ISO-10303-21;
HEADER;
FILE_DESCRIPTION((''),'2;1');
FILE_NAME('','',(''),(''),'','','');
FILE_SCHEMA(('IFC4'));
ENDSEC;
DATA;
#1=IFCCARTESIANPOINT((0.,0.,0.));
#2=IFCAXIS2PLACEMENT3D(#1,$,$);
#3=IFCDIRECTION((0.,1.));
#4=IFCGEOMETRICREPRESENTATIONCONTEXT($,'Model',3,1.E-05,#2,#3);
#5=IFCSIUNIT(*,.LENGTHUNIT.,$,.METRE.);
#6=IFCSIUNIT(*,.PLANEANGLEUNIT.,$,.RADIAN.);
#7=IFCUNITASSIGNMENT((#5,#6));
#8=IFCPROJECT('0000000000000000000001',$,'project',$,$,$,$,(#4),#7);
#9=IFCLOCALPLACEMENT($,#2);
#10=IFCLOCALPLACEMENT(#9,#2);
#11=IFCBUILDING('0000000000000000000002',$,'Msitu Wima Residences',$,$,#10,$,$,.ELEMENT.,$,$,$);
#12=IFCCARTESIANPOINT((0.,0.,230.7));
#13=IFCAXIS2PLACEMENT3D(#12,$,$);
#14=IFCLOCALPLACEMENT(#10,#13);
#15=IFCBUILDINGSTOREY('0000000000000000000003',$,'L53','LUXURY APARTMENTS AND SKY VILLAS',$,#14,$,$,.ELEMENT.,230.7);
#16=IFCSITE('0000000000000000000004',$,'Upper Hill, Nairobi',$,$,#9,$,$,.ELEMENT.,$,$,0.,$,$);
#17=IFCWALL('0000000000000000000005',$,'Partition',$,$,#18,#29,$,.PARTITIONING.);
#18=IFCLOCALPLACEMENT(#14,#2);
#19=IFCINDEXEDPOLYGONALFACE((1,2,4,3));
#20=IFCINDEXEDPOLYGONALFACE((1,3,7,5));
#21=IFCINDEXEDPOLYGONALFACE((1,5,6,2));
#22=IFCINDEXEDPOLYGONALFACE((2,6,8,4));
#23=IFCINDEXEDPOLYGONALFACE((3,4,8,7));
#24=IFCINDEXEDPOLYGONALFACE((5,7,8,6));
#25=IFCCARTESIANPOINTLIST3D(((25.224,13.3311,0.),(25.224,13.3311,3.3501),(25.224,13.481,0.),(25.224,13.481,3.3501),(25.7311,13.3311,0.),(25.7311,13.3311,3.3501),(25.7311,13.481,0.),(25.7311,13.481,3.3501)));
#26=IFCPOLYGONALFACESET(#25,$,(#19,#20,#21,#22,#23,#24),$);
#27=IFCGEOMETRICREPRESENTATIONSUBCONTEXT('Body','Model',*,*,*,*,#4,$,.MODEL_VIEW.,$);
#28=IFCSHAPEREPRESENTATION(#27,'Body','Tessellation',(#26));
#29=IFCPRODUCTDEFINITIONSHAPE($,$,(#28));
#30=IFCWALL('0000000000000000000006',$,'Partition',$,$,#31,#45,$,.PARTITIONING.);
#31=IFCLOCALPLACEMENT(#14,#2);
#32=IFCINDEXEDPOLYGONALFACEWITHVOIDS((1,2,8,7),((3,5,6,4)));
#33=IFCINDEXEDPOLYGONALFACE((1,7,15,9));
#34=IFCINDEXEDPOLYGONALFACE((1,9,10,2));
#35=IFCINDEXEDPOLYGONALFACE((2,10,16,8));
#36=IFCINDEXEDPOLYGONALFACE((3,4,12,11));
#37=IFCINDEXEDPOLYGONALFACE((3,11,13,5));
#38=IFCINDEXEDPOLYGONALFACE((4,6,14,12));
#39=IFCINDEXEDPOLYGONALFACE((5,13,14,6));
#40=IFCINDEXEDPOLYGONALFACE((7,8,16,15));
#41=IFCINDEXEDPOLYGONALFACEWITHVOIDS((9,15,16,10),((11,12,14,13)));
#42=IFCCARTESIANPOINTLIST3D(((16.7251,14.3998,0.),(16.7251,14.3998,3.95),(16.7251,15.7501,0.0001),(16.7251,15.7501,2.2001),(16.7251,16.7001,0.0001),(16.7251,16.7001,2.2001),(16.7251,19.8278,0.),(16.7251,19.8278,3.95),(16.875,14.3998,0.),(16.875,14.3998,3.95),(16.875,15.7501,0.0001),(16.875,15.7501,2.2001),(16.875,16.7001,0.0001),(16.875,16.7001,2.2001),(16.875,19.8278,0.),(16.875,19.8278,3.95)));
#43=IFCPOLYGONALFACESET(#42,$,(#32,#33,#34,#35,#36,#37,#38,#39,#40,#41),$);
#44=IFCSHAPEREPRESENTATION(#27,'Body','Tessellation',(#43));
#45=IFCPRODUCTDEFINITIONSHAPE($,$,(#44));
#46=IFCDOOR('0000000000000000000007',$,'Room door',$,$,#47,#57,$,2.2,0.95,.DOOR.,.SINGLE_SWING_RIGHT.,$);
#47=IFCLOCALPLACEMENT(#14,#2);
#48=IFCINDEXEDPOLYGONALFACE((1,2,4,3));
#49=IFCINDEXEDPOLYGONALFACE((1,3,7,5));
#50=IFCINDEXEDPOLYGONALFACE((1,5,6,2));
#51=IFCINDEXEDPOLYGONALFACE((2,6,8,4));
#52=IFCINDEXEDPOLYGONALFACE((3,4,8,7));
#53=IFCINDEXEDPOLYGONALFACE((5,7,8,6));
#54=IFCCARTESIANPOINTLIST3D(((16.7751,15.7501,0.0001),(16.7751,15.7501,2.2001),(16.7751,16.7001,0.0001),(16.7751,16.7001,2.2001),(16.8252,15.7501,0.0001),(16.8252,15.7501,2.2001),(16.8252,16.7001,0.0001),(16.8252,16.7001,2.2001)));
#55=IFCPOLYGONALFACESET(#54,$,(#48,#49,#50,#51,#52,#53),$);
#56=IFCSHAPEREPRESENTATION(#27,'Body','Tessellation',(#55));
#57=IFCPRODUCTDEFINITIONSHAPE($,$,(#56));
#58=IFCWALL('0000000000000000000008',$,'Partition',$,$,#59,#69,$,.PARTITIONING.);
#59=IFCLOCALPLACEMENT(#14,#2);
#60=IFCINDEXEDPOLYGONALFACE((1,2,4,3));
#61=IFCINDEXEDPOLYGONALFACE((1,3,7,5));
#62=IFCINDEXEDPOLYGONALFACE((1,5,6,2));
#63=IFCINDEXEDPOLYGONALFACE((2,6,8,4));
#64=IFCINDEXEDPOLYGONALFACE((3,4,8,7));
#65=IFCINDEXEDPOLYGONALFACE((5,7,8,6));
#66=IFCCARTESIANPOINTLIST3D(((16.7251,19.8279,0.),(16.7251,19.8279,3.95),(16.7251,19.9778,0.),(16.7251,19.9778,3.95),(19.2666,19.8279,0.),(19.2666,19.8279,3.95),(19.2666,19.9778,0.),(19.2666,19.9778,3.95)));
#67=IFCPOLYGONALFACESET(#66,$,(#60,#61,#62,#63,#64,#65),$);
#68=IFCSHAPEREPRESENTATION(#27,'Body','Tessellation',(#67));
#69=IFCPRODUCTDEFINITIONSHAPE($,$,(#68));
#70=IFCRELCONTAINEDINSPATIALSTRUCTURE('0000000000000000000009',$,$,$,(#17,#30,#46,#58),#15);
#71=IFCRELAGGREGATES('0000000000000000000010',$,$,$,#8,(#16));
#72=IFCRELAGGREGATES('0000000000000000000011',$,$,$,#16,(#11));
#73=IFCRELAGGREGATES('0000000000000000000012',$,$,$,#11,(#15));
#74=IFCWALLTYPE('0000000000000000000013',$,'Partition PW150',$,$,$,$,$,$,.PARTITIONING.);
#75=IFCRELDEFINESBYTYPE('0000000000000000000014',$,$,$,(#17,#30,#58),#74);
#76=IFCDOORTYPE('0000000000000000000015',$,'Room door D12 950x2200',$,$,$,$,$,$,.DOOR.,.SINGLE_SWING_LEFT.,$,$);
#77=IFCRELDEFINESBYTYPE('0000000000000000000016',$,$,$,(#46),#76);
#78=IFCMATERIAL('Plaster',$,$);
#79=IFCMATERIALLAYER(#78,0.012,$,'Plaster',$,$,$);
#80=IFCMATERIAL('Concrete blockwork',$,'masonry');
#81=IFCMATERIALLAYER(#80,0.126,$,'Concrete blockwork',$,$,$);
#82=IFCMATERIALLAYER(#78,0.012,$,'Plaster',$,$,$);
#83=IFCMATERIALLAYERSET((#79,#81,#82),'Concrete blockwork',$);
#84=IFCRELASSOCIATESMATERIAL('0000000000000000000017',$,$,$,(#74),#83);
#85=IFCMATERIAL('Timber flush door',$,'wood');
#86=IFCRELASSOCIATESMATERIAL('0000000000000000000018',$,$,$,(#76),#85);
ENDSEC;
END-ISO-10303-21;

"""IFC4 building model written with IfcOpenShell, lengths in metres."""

from ifc_helpers import new_model, si_unit, direction, frame, frame_2d, origin, place, context, subcontext, project, spatial, rectangle, extrude, material, layer, layer_set, type_object, element, fill, save


model = new_model("IFC4")

# Units and contexts
model_context = context("Model", 3, precision=1e-05, world=origin(), true_north=direction((0.0, 1.0)))
body_context = subcontext(model_context, "Body", "Model", "MODEL_VIEW")
ifc_project = project(units=[si_unit("LENGTHUNIT", "METRE"), si_unit("PLANEANGLEUNIT", "RADIAN")], contexts=[model_context])

# Site, building, storey
site_placement = place(None, origin())
site = spatial("IfcSite", under=ifc_project, at=site_placement, Name="Upper Hill, Nairobi", CompositionType="ELEMENT", RefElevation=0.0)
building_placement = place(site_placement, origin())
building = spatial("IfcBuilding", under=site, at=building_placement, Name="Msitu Wima Residences", CompositionType="ELEMENT")
storey_placement = place(building_placement, frame((0.0, 0.0, 230.7)))
storey = spatial("IfcBuildingStorey", under=building, at=storey_placement, Name="L53", Description="LUXURY APARTMENTS AND SKY VILLAS", CompositionType="ELEMENT", Elevation=230.7)

# Shared definitions
ifc_material_1 = material(Name="Plaster")
ifc_material_2 = material(Name="Concrete blockwork", Category="masonry")

# Shared definitions
ifc_layer_1 = layer(ifc_material_1, 0.012, Name="Plaster")
ifc_layer_2 = layer(ifc_material_2, 0.126, Name="Concrete blockwork")
ifc_layer_3 = layer(ifc_material_1, 0.012, Name="Plaster")
ifc_layer_set_1 = layer_set([ifc_layer_1, ifc_layer_2, ifc_layer_3], Name="Concrete blockwork")
wall_type_1 = type_object("IfcWallType", Name="Partition PW150", PredefinedType="PARTITIONING", material=ifc_layer_set_1)
ifc_material_3 = material(Name="Timber flush door", Category="wood")
door_type_1 = type_object("IfcDoorType", Name="Room door D12 950x2200", OperationType="SINGLE_SWING_LEFT", PredefinedType="DOOR", material=ifc_material_3)

# Wall
wall_1_placement = place(storey_placement, frame((25.2241, 13.406, 0.0), z_axis=(0.0, 0.0, 1.0), x_axis=(1.0, 0.0, 0.0)))
element("IfcWall", 1, at=wall_1_placement, inside=storey, type_object=wall_type_1, Name="Partition", PredefinedType="PARTITIONING", context=body_context, shape_type="SweptSolid", body=[
    extrude(rectangle(XDim=0.5071, YDim=0.1499, at=frame_2d((0.2534, 0.0))), origin(), (0.0, 0.0, 1.0), 3.3501),
])

# Wall, opening, door
wall_2_placement = place(storey_placement, frame((16.8, 14.3999, 0.0), z_axis=(0.0, 0.0, 1.0), x_axis=(0.0, 1.0, 0.0)))
wall_2 = element("IfcWall", 2, at=wall_2_placement, inside=storey, type_object=wall_type_1, Name="Partition", PredefinedType="PARTITIONING", context=body_context, shape_type="SweptSolid", body=[
    extrude(rectangle(XDim=5.428, YDim=0.1499, at=frame_2d((2.7139, 0.0))), origin(), (0.0, 0.0, 1.0), 3.95),
])
opening_1_placement = place(wall_2_placement, frame((1.3501, 0.0, 0.0)))
opening_1 = element("IfcOpeningElement", 3, at=opening_1_placement, cuts=wall_2, PredefinedType="OPENING", context=body_context, shape_type="SweptSolid", body=[
    extrude(rectangle(XDim=0.95, YDim=2.2, at=frame_2d((0.4751, 1.1001))), frame((0.0, 0.085, 0.0), z_axis=(0.0, -1.0, 0.0), x_axis=(1.0, 0.0, 0.0)), (0.0, 0.0, 1.0), 0.1699),
])
door_1_placement = place(opening_1_placement, origin())
door_1 = element("IfcDoor", 4, at=door_1_placement, inside=storey, type_object=door_type_1, Name="Room door", OperationType="SINGLE_SWING_RIGHT", OverallHeight=2.2, OverallWidth=0.95, PredefinedType="DOOR", context=body_context, shape_type="SweptSolid", body=[
    extrude(rectangle(XDim=0.95, YDim=2.2, at=frame_2d((0.4751, 1.1001))), frame((0.0, 0.0249, 0.0), z_axis=(0.0, -1.0, 0.0), x_axis=(1.0, 0.0, 0.0)), (0.0, 0.0, 1.0), 0.05),
])
fill(opening_1, door_1)

# Wall
wall_3_placement = place(storey_placement, frame((16.7251, 19.9028, 0.0), z_axis=(0.0, 0.0, 1.0), x_axis=(1.0, 0.0, 0.0)))
element("IfcWall", 5, at=wall_3_placement, inside=storey, type_object=wall_type_1, Name="Partition", PredefinedType="PARTITIONING", context=body_context, shape_type="SweptSolid", body=[
    extrude(rectangle(XDim=2.5415, YDim=0.1499, at=frame_2d((1.2708, 0.0))), origin(), (0.0, 0.0, 1.0), 3.95),
])

save(model, "model.ifc")
